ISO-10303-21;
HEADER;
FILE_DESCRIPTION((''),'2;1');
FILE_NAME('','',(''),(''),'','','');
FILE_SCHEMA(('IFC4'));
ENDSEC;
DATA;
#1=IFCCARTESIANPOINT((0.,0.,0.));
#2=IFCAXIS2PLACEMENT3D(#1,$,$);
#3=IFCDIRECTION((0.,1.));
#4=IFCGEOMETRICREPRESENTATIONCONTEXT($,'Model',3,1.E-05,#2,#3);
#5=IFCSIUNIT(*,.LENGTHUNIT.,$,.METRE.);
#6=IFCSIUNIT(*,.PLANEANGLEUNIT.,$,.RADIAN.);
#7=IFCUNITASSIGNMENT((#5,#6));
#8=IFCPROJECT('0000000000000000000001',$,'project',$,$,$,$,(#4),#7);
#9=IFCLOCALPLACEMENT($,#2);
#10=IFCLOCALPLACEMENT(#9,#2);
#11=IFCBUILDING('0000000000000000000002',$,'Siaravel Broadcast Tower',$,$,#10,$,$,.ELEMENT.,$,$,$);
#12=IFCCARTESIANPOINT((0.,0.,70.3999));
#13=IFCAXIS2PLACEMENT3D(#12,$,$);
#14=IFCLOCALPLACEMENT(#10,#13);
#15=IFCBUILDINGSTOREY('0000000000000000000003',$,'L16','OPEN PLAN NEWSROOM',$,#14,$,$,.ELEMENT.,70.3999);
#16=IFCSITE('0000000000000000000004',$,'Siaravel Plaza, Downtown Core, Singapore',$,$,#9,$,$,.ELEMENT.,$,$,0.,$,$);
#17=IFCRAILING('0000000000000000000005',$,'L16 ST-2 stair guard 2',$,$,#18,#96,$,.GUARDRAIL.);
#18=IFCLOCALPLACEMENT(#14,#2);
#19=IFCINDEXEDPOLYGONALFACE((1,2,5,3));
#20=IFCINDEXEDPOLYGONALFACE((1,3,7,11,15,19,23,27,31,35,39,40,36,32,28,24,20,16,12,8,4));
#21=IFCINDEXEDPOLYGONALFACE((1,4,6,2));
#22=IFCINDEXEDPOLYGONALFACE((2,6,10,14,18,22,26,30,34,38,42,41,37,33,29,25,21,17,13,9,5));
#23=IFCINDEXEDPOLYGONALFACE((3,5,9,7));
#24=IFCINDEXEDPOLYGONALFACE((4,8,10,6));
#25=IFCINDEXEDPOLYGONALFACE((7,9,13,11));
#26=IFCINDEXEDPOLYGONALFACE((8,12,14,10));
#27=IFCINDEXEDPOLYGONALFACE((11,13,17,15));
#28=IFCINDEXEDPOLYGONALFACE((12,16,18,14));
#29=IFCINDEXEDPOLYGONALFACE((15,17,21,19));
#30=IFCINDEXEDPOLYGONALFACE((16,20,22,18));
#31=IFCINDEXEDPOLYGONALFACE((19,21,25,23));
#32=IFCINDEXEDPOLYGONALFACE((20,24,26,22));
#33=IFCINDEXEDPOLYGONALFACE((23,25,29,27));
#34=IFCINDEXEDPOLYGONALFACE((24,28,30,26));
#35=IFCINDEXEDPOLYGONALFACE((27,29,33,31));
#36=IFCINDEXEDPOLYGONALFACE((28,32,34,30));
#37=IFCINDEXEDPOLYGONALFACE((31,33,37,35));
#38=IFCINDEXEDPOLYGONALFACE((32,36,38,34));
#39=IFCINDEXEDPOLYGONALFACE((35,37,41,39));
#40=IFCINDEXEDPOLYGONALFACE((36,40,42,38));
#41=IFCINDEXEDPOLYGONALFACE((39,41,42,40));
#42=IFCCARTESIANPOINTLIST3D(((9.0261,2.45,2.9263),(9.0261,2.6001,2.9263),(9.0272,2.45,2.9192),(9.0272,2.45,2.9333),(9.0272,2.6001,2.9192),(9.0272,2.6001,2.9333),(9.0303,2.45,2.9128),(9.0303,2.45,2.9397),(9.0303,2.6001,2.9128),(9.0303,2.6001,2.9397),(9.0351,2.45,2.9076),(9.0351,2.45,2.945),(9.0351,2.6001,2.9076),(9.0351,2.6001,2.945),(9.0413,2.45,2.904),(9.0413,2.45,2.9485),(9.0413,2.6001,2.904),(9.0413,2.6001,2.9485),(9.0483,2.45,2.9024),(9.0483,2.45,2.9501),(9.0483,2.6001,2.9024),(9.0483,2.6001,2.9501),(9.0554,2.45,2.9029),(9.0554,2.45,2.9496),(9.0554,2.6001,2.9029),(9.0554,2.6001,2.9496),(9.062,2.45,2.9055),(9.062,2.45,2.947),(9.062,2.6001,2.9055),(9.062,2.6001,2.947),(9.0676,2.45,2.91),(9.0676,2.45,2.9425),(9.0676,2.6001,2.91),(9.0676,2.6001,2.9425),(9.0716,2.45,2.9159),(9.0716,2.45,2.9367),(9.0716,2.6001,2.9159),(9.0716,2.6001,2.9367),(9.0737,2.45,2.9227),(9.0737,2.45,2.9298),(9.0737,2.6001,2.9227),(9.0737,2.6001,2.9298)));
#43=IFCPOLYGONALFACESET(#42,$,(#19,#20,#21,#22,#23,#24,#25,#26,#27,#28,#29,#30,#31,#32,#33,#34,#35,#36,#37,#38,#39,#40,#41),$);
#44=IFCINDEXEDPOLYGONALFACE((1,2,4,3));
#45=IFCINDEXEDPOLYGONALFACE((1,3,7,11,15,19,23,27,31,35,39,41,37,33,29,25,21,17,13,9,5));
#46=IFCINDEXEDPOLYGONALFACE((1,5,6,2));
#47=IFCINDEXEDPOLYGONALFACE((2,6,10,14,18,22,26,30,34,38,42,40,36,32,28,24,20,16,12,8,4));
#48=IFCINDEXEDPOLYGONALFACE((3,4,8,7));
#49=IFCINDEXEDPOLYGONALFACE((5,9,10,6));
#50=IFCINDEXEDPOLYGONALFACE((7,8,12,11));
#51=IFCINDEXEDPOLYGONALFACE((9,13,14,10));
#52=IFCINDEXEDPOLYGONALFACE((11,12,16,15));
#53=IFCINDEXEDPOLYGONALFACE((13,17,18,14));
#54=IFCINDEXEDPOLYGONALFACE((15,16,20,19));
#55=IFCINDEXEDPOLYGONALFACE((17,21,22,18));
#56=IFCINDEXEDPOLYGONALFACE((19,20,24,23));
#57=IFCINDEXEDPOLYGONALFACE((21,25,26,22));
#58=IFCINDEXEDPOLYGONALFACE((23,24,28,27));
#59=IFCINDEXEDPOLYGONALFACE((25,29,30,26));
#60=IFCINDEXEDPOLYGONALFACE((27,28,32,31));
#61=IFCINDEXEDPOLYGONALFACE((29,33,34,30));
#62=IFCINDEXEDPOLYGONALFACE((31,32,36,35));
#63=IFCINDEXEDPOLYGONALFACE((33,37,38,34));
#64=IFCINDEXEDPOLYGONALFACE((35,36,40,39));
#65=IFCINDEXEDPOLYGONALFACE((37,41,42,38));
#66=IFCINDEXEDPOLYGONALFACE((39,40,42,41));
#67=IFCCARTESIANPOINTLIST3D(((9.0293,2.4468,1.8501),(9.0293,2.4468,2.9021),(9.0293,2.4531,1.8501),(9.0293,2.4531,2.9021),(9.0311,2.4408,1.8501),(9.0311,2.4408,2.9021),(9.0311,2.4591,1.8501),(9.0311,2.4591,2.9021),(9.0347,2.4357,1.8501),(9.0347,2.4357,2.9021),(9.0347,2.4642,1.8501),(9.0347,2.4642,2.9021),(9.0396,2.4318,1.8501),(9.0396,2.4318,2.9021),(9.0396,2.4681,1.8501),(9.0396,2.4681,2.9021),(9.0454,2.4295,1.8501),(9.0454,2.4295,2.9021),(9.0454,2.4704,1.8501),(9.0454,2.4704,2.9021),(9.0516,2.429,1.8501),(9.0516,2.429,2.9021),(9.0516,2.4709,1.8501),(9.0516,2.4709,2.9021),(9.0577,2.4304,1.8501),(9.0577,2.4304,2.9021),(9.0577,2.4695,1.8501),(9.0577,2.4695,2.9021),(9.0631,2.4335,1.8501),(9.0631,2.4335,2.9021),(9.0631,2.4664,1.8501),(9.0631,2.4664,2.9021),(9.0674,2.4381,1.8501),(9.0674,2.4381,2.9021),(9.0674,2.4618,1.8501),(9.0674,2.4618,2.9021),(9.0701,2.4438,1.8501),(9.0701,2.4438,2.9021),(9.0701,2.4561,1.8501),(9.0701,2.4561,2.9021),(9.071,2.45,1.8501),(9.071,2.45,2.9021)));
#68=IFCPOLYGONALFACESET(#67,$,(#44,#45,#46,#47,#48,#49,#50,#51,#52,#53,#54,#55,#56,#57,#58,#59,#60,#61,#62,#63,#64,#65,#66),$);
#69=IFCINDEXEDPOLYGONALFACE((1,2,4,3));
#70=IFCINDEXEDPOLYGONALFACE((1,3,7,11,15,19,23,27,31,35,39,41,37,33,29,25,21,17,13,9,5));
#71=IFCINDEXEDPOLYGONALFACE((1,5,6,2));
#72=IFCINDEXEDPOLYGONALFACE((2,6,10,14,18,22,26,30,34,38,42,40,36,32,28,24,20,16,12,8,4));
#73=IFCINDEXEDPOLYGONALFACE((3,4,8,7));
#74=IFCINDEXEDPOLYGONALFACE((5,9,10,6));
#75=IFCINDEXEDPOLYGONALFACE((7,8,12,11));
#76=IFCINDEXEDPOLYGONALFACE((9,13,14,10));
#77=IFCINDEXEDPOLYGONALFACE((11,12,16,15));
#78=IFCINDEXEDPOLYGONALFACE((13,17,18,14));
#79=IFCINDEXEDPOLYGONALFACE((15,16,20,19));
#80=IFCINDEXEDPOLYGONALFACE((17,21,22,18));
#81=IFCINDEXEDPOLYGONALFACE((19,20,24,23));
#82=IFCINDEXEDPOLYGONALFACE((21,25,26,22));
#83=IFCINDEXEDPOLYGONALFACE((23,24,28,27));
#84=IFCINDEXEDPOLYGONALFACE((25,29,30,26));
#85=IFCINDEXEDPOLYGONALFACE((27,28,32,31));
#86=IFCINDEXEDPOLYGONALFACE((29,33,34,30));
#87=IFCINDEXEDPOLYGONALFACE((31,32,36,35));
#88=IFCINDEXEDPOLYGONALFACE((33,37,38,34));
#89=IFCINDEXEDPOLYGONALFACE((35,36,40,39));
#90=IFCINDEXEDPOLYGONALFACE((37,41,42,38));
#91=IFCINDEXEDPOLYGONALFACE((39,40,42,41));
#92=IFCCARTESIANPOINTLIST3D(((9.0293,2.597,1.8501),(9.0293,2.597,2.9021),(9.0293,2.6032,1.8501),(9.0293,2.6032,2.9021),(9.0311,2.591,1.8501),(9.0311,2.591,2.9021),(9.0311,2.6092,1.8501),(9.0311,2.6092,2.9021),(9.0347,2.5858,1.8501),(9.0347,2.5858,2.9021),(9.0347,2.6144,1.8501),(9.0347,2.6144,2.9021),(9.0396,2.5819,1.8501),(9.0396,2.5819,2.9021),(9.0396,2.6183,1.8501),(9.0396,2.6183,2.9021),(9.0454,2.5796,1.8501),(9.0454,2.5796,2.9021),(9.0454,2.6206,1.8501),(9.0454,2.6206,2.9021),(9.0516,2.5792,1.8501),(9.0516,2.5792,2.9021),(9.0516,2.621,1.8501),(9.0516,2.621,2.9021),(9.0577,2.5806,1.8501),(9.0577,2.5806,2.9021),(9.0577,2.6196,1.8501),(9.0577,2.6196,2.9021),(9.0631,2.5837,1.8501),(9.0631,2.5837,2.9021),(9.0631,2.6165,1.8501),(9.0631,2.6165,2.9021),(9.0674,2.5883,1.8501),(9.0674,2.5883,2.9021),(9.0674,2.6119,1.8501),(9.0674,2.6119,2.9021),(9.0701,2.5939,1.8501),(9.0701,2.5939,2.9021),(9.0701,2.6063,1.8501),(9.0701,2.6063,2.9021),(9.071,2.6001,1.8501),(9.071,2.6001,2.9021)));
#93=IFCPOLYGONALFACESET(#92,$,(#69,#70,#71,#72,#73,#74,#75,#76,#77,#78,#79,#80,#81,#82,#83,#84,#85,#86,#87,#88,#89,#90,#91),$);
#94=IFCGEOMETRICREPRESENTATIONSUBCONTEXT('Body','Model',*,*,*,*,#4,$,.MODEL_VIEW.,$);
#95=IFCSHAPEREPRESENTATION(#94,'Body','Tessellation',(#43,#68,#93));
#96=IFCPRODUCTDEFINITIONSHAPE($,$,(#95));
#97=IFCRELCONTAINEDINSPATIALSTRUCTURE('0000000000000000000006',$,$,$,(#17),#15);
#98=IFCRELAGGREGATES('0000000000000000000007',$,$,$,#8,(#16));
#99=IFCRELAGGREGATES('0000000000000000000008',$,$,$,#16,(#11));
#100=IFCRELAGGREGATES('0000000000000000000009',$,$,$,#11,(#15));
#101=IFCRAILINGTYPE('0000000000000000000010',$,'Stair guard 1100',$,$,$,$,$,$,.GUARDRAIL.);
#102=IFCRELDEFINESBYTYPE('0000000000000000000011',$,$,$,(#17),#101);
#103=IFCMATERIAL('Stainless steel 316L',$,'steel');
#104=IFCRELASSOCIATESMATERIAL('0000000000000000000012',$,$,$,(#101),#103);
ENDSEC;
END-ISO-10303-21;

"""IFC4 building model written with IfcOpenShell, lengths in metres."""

from ifc_helpers import new_model, si_unit, direction, frame, origin, origin_2d, place, context, subcontext, project, spatial, circle, extrude, material, type_object, element, save


model = new_model("IFC4")

# Units and contexts
model_context = context("Model", 3, precision=1e-05, world=origin(), true_north=direction((0.0, 1.0)))
body_context = subcontext(model_context, "Body", "Model", "MODEL_VIEW")
ifc_project = project(units=[si_unit("LENGTHUNIT", "METRE"), si_unit("PLANEANGLEUNIT", "RADIAN")], contexts=[model_context])

# Site, building, storey
site_placement = place(None, origin())
site = spatial("IfcSite", under=ifc_project, at=site_placement, Name="Siaravel Plaza, Downtown Core, Singapore", CompositionType="ELEMENT", RefElevation=0.0)
building_placement = place(site_placement, origin())
building = spatial("IfcBuilding", under=site, at=building_placement, Name="Siaravel Broadcast Tower", CompositionType="ELEMENT")
storey_placement = place(building_placement, frame((0.0, 0.0, 70.3999)))
storey = spatial("IfcBuildingStorey", under=building, at=storey_placement, Name="L16", Description="OPEN PLAN NEWSROOM", CompositionType="ELEMENT", Elevation=70.3999)

# Railing
ifc_material_1 = material(Name="Stainless steel 316L", Category="steel")
railing_type_1 = type_object("IfcRailingType", Name="Stair guard 1100", PredefinedType="GUARDRAIL", material=ifc_material_1)
railing_1_placement = place(storey_placement, frame((9.05, 2.45, 1.8501)))
element("IfcRailing", 1, at=railing_1_placement, inside=storey, type_object=railing_type_1, Name="L16 ST-2 stair guard 2", PredefinedType="GUARDRAIL", context=body_context, shape_type="SweptSolid", body=[
    extrude(circle(Radius=0.0239, at=origin_2d()), frame((0.0, 0.0, 1.0762), z_axis=(0.0, 1.0, 0.0), x_axis=(-1.0, 0.0, 0.0)), (0.0, 0.0, 1.0), 0.1501),
    extrude(circle(Radius=0.021, at=origin_2d()), origin(), (0.0, 0.0, 1.0), 1.052),
    extrude(circle(Radius=0.021, at=origin_2d()), frame((0.0, 0.1501, 0.0)), (0.0, 0.0, 1.0), 1.052),
])

save(model, "model.ifc")
